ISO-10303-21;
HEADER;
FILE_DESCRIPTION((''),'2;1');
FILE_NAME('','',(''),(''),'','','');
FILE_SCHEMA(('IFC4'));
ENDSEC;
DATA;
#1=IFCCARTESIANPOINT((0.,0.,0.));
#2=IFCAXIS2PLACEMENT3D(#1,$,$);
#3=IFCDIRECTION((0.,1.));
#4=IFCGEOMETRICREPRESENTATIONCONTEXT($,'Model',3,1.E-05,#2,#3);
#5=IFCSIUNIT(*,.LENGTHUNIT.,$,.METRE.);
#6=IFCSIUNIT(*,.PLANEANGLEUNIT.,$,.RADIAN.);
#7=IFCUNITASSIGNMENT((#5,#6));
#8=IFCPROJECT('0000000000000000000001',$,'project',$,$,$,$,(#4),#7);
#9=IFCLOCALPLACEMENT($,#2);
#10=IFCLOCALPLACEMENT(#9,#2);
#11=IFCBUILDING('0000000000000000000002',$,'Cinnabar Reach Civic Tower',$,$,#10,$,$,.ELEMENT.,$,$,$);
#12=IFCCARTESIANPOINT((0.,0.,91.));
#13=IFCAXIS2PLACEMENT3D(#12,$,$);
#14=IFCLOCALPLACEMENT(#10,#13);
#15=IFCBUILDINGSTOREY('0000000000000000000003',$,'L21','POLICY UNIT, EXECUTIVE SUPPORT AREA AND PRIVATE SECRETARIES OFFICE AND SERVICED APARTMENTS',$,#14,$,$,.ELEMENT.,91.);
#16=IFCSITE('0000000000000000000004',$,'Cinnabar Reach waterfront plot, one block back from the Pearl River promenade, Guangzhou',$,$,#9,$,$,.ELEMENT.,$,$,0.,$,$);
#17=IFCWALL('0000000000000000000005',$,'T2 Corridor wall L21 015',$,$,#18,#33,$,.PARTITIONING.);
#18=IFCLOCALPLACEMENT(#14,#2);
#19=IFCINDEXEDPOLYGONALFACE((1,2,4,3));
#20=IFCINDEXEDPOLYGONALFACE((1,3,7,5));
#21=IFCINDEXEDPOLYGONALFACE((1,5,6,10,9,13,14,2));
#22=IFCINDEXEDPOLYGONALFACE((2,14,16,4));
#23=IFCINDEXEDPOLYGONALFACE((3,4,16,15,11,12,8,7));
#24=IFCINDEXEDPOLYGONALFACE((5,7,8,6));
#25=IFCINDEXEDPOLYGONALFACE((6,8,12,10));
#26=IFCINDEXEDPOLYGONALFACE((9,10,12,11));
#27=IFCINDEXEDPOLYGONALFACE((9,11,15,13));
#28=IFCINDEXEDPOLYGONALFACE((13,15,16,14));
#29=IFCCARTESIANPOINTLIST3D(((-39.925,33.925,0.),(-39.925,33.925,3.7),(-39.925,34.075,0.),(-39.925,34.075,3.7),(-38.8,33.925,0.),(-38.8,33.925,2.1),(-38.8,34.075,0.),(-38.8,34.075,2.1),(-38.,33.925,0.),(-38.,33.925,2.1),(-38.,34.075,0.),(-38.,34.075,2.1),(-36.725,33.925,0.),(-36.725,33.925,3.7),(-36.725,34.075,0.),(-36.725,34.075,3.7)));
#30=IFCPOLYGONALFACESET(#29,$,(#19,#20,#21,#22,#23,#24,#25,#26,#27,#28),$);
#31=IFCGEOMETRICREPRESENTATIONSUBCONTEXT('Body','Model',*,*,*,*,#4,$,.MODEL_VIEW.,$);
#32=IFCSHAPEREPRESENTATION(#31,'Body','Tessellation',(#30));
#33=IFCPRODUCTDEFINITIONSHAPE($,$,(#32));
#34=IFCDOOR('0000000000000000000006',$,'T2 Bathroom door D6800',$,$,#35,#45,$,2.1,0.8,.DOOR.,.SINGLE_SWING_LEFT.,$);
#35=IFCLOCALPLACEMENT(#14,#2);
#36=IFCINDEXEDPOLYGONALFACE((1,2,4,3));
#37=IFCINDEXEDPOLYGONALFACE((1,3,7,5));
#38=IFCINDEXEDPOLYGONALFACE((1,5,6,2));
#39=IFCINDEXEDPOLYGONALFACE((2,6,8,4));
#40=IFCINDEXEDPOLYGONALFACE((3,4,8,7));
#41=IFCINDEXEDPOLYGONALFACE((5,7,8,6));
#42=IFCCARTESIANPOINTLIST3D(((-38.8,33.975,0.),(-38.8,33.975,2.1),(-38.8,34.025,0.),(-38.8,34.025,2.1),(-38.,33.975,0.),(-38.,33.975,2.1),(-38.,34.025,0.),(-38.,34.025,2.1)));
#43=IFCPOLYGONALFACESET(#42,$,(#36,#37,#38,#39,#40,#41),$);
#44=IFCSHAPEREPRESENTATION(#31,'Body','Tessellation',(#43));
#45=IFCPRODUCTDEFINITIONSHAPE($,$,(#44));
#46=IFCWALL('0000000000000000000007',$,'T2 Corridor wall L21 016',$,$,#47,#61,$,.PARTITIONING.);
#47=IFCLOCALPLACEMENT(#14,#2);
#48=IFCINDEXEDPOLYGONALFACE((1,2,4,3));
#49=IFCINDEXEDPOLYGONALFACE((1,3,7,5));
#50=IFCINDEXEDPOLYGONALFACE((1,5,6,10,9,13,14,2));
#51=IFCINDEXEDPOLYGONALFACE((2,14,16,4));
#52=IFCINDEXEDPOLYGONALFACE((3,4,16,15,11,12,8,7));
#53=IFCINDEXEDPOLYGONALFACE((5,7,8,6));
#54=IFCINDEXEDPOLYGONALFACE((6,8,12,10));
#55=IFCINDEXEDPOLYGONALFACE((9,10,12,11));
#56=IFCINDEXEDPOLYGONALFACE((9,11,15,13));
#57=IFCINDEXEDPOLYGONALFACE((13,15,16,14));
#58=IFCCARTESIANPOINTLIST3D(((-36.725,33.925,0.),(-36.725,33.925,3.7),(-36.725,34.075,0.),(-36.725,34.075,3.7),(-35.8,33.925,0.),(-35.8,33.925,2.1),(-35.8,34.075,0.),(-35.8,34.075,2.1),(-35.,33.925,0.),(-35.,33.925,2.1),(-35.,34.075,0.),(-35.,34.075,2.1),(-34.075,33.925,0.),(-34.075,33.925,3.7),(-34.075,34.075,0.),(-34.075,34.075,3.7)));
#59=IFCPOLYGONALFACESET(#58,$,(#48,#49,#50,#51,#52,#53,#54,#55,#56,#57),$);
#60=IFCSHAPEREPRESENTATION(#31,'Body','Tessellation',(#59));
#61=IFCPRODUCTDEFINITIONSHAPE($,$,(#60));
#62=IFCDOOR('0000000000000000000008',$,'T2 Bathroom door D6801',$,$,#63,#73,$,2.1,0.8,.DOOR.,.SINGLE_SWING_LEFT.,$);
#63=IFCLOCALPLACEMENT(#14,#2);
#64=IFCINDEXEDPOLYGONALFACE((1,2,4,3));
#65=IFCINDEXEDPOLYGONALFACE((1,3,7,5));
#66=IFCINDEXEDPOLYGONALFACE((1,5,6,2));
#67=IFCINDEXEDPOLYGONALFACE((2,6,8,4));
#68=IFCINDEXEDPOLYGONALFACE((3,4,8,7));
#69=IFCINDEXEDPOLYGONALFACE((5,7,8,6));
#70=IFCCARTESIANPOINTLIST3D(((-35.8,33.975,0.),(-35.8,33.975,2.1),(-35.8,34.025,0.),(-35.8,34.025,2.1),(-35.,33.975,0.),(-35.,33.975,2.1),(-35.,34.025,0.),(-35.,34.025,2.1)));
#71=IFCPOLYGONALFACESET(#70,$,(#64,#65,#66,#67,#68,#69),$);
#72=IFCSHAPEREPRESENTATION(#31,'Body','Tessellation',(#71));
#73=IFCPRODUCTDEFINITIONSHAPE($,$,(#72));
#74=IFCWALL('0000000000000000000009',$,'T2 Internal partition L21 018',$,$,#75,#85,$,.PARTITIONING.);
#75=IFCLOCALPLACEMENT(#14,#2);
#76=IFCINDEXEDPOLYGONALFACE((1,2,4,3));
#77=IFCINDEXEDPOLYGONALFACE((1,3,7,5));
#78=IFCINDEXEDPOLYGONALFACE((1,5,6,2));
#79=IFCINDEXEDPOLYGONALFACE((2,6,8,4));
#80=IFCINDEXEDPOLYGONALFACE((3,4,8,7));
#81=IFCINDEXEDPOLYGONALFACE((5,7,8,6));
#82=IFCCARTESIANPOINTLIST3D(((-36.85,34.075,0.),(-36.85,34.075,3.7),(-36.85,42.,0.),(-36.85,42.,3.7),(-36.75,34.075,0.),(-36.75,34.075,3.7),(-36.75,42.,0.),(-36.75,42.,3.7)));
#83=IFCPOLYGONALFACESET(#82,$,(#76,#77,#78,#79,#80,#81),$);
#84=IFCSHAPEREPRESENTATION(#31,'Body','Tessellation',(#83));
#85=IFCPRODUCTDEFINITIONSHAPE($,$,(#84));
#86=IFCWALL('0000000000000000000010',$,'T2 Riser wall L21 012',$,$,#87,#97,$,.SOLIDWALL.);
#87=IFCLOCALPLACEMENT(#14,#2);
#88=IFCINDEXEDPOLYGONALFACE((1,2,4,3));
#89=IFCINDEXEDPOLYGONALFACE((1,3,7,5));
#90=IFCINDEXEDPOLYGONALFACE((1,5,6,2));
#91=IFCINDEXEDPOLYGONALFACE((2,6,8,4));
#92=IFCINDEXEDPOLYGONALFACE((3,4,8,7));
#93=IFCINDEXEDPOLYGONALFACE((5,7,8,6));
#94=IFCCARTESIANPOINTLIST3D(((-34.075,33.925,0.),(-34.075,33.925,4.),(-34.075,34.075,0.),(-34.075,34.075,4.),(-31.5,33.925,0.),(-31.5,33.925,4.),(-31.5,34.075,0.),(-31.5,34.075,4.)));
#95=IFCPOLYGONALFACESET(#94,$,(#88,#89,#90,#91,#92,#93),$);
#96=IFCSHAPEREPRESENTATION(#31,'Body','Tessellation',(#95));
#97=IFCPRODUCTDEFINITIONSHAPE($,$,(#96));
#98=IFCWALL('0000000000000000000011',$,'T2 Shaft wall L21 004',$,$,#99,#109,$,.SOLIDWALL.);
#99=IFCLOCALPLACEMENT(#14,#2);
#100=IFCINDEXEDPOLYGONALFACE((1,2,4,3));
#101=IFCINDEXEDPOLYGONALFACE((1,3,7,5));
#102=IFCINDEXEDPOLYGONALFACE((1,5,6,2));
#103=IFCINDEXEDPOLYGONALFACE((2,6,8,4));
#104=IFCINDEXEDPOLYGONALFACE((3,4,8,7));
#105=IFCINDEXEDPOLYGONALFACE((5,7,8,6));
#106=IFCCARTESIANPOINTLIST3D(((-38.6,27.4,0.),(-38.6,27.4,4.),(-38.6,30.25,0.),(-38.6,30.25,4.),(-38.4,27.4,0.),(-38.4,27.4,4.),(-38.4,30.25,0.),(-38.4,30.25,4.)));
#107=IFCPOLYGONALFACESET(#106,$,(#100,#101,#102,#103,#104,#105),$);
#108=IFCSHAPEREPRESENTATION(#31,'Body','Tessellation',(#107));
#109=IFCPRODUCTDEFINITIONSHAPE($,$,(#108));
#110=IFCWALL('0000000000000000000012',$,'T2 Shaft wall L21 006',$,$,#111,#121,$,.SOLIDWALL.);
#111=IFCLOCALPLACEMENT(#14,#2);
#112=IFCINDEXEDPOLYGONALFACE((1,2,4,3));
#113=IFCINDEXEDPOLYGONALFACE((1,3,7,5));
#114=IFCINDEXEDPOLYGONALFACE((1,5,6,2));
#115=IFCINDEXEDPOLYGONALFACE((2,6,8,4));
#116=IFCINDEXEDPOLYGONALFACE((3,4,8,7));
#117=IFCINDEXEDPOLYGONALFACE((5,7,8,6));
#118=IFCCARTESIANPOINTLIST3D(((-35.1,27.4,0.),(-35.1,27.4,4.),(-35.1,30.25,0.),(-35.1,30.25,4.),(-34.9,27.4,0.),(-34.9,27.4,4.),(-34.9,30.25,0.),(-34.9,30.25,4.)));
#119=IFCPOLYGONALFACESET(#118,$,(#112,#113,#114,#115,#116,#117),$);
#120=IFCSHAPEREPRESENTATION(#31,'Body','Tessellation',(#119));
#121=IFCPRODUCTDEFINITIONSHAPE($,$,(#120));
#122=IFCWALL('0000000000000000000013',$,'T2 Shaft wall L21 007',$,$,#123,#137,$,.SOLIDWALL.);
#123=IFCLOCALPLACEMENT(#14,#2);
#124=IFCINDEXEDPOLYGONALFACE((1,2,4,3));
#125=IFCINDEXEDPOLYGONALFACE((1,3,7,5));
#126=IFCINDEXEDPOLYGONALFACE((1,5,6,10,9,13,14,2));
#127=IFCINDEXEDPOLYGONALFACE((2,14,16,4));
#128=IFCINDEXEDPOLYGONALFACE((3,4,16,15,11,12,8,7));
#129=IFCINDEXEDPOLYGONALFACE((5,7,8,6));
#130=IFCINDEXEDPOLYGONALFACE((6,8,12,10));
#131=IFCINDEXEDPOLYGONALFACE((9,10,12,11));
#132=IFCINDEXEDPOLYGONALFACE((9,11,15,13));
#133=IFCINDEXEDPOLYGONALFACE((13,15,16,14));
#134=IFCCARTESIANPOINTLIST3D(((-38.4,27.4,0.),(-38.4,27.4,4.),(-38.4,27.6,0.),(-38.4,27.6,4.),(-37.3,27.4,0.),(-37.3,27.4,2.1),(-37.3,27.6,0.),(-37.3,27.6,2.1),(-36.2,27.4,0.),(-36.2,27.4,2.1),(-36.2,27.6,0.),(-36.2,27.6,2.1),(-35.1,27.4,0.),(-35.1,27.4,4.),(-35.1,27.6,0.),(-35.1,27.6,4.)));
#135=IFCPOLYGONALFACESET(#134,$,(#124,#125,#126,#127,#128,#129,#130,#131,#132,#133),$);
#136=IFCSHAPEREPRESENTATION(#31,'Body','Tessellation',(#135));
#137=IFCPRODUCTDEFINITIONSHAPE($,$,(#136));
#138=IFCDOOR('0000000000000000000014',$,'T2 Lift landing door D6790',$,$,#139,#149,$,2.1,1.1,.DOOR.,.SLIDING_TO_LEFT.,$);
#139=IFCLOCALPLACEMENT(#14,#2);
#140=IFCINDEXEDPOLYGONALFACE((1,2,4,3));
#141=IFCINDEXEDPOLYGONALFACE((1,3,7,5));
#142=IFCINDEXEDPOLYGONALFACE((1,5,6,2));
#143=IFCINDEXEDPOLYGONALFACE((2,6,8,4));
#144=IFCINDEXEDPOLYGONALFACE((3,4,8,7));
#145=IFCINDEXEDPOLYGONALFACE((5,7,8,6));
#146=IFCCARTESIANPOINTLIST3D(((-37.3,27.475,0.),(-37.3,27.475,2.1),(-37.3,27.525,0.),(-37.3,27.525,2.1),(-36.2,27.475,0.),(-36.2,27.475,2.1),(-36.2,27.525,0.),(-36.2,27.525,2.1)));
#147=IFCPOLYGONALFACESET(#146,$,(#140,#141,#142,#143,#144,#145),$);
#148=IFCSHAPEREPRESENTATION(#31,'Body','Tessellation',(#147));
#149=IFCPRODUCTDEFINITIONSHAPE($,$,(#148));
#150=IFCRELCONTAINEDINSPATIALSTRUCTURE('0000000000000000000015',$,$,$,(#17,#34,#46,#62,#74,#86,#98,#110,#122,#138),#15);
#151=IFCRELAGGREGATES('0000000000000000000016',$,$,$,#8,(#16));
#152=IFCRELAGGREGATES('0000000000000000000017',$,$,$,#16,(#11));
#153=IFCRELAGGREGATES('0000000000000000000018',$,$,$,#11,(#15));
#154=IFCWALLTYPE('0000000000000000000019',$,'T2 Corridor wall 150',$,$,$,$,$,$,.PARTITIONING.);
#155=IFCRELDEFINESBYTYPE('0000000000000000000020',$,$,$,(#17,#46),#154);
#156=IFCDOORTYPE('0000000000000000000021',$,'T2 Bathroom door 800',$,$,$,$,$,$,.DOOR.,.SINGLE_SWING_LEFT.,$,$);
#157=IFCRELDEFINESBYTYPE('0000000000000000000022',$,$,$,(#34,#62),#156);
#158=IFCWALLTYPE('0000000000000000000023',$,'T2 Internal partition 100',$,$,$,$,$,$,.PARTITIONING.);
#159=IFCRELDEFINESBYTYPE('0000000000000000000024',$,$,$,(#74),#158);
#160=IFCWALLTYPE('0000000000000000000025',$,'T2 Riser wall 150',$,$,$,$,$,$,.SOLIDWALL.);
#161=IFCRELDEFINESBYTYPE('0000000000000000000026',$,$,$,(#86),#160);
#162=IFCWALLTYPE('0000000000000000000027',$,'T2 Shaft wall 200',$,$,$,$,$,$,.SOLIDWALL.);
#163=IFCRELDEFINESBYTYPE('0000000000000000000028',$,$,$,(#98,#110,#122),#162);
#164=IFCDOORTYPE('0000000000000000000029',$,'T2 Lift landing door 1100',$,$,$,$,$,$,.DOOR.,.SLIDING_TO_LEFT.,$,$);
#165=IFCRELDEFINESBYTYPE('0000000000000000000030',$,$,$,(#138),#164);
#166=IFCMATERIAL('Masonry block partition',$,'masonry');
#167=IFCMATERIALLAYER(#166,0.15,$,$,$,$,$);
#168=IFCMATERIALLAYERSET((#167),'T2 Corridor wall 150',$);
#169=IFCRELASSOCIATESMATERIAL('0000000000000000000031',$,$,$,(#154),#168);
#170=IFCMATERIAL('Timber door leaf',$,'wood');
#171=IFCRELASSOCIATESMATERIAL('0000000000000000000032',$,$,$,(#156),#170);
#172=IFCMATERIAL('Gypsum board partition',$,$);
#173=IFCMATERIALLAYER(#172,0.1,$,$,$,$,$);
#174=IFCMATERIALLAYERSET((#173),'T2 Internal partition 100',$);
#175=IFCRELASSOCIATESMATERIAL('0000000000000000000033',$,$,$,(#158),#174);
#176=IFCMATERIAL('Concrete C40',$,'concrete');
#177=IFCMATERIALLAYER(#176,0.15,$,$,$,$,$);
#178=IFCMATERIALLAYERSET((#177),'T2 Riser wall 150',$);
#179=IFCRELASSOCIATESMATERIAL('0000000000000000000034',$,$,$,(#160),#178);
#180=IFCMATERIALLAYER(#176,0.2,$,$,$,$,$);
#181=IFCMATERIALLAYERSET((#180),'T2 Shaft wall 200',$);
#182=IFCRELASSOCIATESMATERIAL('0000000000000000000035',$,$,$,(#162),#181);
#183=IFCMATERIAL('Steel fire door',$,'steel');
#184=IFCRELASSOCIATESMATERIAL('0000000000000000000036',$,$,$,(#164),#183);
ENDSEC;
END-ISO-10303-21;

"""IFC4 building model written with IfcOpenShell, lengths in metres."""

from ifc_helpers import new_model, si_unit, direction, frame, frame_2d, origin, place, context, subcontext, project, spatial, rectangle, extrude, material, layer, layer_set, type_object, element, fill, save


model = new_model("IFC4")

# Units and contexts
model_context = context("Model", 3, precision=1e-05, world=origin(), true_north=direction((0.0, 1.0)))
body_context = subcontext(model_context, "Body", "Model", "MODEL_VIEW")
ifc_project = project(units=[si_unit("LENGTHUNIT", "METRE"), si_unit("PLANEANGLEUNIT", "RADIAN")], contexts=[model_context])

# Site, building, storey
site_placement = place(None, origin())
site = spatial("IfcSite", under=ifc_project, at=site_placement, Name="Cinnabar Reach waterfront plot, one block back from the Pearl River promenade, Guangzhou", CompositionType="ELEMENT", RefElevation=0.0)
building_placement = place(site_placement, origin())
building = spatial("IfcBuilding", under=site, at=building_placement, Name="Cinnabar Reach Civic Tower", CompositionType="ELEMENT")
storey_placement = place(building_placement, frame((0.0, 0.0, 91.0)))
storey = spatial("IfcBuildingStorey", under=building, at=storey_placement, Name="L21", Description="POLICY UNIT, EXECUTIVE SUPPORT AREA AND PRIVATE SECRETARIES OFFICE AND SERVICED APARTMENTS", CompositionType="ELEMENT", Elevation=91.0)

# Walls, openings, doors
ifc_material_1 = material(Name="Steel fire door", Category="steel")
ifc_material_2 = material(Name="Masonry block partition", Category="masonry")
ifc_layer_1 = layer(ifc_material_2, 0.15)
ifc_layer_set_1 = layer_set([ifc_layer_1], Name="T2 Corridor wall 150")
wall_type_1 = type_object("IfcWallType", Name="T2 Corridor wall 150", PredefinedType="PARTITIONING", material=ifc_layer_set_1)
ifc_material_3 = material(Name="Timber door leaf", Category="wood")
door_type_1 = type_object("IfcDoorType", Name="T2 Bathroom door 800", OperationType="SINGLE_SWING_LEFT", PredefinedType="DOOR", material=ifc_material_3)
wall_1_placement = place(storey_placement, frame((-36.725, 34.0, 0.0), z_axis=(0.0, 0.0, 1.0), x_axis=(-1.0, 0.0, 0.0)))
wall_1 = element("IfcWall", 1, at=wall_1_placement, inside=storey, type_object=wall_type_1, Name="T2 Corridor wall L21 015", PredefinedType="PARTITIONING", context=body_context, shape_type="SweptSolid", body=[
    extrude(rectangle(XDim=3.2, YDim=0.15, at=frame_2d((1.6, 0.0))), origin(), (0.0, 0.0, 1.0), 3.7),
])
opening_1_placement = place(wall_1_placement, frame((1.275, 0.0, 0.0)))
opening_1 = element("IfcOpeningElement", 2, at=opening_1_placement, cuts=wall_1, PredefinedType="OPENING", context=body_context, shape_type="SweptSolid", body=[
    extrude(rectangle(XDim=0.8, YDim=2.1, at=frame_2d((0.4, 1.05))), frame((0.0, 0.085, 0.0), z_axis=(0.0, -1.0, 0.0), x_axis=(1.0, 0.0, 0.0)), (0.0, 0.0, 1.0), 0.17),
])
door_1_placement = place(opening_1_placement, frame((0.8, 0.0, 0.0), z_axis=(0.0, 0.0, 1.0), x_axis=(-1.0, 0.0, 0.0)))
door_1 = element("IfcDoor", 3, at=door_1_placement, inside=storey, type_object=door_type_1, Name="T2 Bathroom door D6800", OperationType="SINGLE_SWING_LEFT", OverallHeight=2.1, OverallWidth=0.8, PredefinedType="DOOR", context=body_context, shape_type="SweptSolid", body=[
    extrude(rectangle(XDim=0.8, YDim=2.1, at=frame_2d((0.4, 1.05))), frame((0.0, 0.025, 0.0), z_axis=(0.0, -1.0, 0.0), x_axis=(1.0, 0.0, 0.0)), (0.0, 0.0, 1.0), 0.05),
])
fill(opening_1, door_1)
wall_2_placement = place(storey_placement, frame((-34.075, 34.0, 0.0), z_axis=(0.0, 0.0, 1.0), x_axis=(-1.0, 0.0, 0.0)))
wall_2 = element("IfcWall", 4, at=wall_2_placement, inside=storey, type_object=wall_type_1, Name="T2 Corridor wall L21 016", PredefinedType="PARTITIONING", context=body_context, shape_type="SweptSolid", body=[
    extrude(rectangle(XDim=2.65, YDim=0.15, at=frame_2d((1.325, 0.0))), origin(), (0.0, 0.0, 1.0), 3.7),
])
opening_2_placement = place(wall_2_placement, frame((0.925, 0.0, 0.0)))
opening_2 = element("IfcOpeningElement", 5, at=opening_2_placement, cuts=wall_2, PredefinedType="OPENING", context=body_context, shape_type="SweptSolid", body=[
    extrude(rectangle(XDim=0.8, YDim=2.1, at=frame_2d((0.4, 1.05))), frame((0.0, 0.085, 0.0), z_axis=(0.0, -1.0, 0.0), x_axis=(1.0, 0.0, 0.0)), (0.0, 0.0, 1.0), 0.17),
])
door_2_placement = place(opening_2_placement, frame((0.8, 0.0, 0.0), z_axis=(0.0, 0.0, 1.0), x_axis=(-1.0, 0.0, 0.0)))
door_2 = element("IfcDoor", 6, at=door_2_placement, inside=storey, type_object=door_type_1, Name="T2 Bathroom door D6801", OperationType="SINGLE_SWING_LEFT", OverallHeight=2.1, OverallWidth=0.8, PredefinedType="DOOR", context=body_context, shape_type="SweptSolid", body=[
    extrude(rectangle(XDim=0.8, YDim=2.1, at=frame_2d((0.4, 1.05))), frame((0.0, 0.025, 0.0), z_axis=(0.0, -1.0, 0.0), x_axis=(1.0, 0.0, 0.0)), (0.0, 0.0, 1.0), 0.05),
])
fill(opening_2, door_2)

# Walls
ifc_material_4 = material(Name="Gypsum board partition")
ifc_layer_2 = layer(ifc_material_4, 0.1)
ifc_layer_set_2 = layer_set([ifc_layer_2], Name="T2 Internal partition 100")
wall_type_2 = type_object("IfcWallType", Name="T2 Internal partition 100", PredefinedType="PARTITIONING", material=ifc_layer_set_2)
wall_3_placement = place(storey_placement, frame((-36.8, 34.075, 0.0), z_axis=(0.0, 0.0, 1.0), x_axis=(0.0, 1.0, 0.0)))
element("IfcWall", 7, at=wall_3_placement, inside=storey, type_object=wall_type_2, Name="T2 Internal partition L21 018", PredefinedType="PARTITIONING", context=body_context, shape_type="SweptSolid", body=[
    extrude(rectangle(XDim=7.925, YDim=0.1, at=frame_2d((3.9625, 0.0))), origin(), (0.0, 0.0, 1.0), 3.7),
])
ifc_material_5 = material(Name="Concrete C40", Category="concrete")
ifc_layer_3 = layer(ifc_material_5, 0.15)
ifc_layer_set_3 = layer_set([ifc_layer_3], Name="T2 Riser wall 150")
wall_type_3 = type_object("IfcWallType", Name="T2 Riser wall 150", PredefinedType="SOLIDWALL", material=ifc_layer_set_3)
wall_4_placement = place(storey_placement, frame((-34.075, 34.0, 0.0), z_axis=(0.0, 0.0, 1.0), x_axis=(1.0, 0.0, 0.0)))
element("IfcWall", 8, at=wall_4_placement, inside=storey, type_object=wall_type_3, Name="T2 Riser wall L21 012", PredefinedType="SOLIDWALL", context=body_context, shape_type="SweptSolid", body=[
    extrude(rectangle(XDim=2.575, YDim=0.15, at=frame_2d((1.2875, 0.0))), origin(), (0.0, 0.0, 1.0), 4.0),
])
ifc_layer_4 = layer(ifc_material_5, 0.2)
ifc_layer_set_4 = layer_set([ifc_layer_4], Name="T2 Shaft wall 200")
wall_type_4 = type_object("IfcWallType", Name="T2 Shaft wall 200", PredefinedType="SOLIDWALL", material=ifc_layer_set_4)
for number, where, z_axis, x_axis, name in (
    (9, (-38.5, 27.4, 0.0), (0.0, 0.0, 1.0), (0.0, 1.0, 0.0), "T2 Shaft wall L21 004"),
    (10, (-35.0, 27.4, 0.0), (0.0, 0.0, 1.0), (0.0, 1.0, 0.0), "T2 Shaft wall L21 006"),
):
    element("IfcWall", number, at=place(storey_placement, frame(where, z_axis=z_axis, x_axis=x_axis)), inside=storey, type_object=wall_type_4, Name=name, PredefinedType="SOLIDWALL", context=body_context, shape_type="SweptSolid", body=[
        extrude(rectangle(XDim=2.85, YDim=0.2, at=frame_2d((1.425, 0.0))), origin(), (0.0, 0.0, 1.0), 4.0),
    ])

# Wall, opening, door
wall_5_placement = place(storey_placement, frame((-38.4, 27.5, 0.0), z_axis=(0.0, 0.0, 1.0), x_axis=(1.0, 0.0, 0.0)))
wall_5 = element("IfcWall", 11, at=wall_5_placement, inside=storey, type_object=wall_type_4, Name="T2 Shaft wall L21 007", PredefinedType="SOLIDWALL", context=body_context, shape_type="SweptSolid", body=[
    extrude(rectangle(XDim=3.3, YDim=0.2, at=frame_2d((1.65, 0.0))), origin(), (0.0, 0.0, 1.0), 4.0),
])
opening_3_placement = place(wall_5_placement, frame((1.1, 0.0, 0.0)))
opening_3 = element("IfcOpeningElement", 12, at=opening_3_placement, cuts=wall_5, PredefinedType="OPENING", context=body_context, shape_type="SweptSolid", body=[
    extrude(rectangle(XDim=1.1, YDim=2.1, at=frame_2d((0.55, 1.05))), frame((0.0, 0.11, 0.0), z_axis=(0.0, -1.0, 0.0), x_axis=(1.0, 0.0, 0.0)), (0.0, 0.0, 1.0), 0.22),
])
door_type_2 = type_object("IfcDoorType", Name="T2 Lift landing door 1100", OperationType="SLIDING_TO_LEFT", PredefinedType="DOOR", material=ifc_material_1)
door_3_placement = place(opening_3_placement, origin())
door_3 = element("IfcDoor", 13, at=door_3_placement, inside=storey, type_object=door_type_2, Name="T2 Lift landing door D6790", OperationType="SLIDING_TO_LEFT", OverallHeight=2.1, OverallWidth=1.1, PredefinedType="DOOR", context=body_context, shape_type="SweptSolid", body=[
    extrude(rectangle(XDim=1.1, YDim=2.1, at=frame_2d((0.55, 1.05))), frame((0.0, 0.025, 0.0), z_axis=(0.0, -1.0, 0.0), x_axis=(1.0, 0.0, 0.0)), (0.0, 0.0, 1.0), 0.05),
])
fill(opening_3, door_3)

save(model, "model.ifc")
